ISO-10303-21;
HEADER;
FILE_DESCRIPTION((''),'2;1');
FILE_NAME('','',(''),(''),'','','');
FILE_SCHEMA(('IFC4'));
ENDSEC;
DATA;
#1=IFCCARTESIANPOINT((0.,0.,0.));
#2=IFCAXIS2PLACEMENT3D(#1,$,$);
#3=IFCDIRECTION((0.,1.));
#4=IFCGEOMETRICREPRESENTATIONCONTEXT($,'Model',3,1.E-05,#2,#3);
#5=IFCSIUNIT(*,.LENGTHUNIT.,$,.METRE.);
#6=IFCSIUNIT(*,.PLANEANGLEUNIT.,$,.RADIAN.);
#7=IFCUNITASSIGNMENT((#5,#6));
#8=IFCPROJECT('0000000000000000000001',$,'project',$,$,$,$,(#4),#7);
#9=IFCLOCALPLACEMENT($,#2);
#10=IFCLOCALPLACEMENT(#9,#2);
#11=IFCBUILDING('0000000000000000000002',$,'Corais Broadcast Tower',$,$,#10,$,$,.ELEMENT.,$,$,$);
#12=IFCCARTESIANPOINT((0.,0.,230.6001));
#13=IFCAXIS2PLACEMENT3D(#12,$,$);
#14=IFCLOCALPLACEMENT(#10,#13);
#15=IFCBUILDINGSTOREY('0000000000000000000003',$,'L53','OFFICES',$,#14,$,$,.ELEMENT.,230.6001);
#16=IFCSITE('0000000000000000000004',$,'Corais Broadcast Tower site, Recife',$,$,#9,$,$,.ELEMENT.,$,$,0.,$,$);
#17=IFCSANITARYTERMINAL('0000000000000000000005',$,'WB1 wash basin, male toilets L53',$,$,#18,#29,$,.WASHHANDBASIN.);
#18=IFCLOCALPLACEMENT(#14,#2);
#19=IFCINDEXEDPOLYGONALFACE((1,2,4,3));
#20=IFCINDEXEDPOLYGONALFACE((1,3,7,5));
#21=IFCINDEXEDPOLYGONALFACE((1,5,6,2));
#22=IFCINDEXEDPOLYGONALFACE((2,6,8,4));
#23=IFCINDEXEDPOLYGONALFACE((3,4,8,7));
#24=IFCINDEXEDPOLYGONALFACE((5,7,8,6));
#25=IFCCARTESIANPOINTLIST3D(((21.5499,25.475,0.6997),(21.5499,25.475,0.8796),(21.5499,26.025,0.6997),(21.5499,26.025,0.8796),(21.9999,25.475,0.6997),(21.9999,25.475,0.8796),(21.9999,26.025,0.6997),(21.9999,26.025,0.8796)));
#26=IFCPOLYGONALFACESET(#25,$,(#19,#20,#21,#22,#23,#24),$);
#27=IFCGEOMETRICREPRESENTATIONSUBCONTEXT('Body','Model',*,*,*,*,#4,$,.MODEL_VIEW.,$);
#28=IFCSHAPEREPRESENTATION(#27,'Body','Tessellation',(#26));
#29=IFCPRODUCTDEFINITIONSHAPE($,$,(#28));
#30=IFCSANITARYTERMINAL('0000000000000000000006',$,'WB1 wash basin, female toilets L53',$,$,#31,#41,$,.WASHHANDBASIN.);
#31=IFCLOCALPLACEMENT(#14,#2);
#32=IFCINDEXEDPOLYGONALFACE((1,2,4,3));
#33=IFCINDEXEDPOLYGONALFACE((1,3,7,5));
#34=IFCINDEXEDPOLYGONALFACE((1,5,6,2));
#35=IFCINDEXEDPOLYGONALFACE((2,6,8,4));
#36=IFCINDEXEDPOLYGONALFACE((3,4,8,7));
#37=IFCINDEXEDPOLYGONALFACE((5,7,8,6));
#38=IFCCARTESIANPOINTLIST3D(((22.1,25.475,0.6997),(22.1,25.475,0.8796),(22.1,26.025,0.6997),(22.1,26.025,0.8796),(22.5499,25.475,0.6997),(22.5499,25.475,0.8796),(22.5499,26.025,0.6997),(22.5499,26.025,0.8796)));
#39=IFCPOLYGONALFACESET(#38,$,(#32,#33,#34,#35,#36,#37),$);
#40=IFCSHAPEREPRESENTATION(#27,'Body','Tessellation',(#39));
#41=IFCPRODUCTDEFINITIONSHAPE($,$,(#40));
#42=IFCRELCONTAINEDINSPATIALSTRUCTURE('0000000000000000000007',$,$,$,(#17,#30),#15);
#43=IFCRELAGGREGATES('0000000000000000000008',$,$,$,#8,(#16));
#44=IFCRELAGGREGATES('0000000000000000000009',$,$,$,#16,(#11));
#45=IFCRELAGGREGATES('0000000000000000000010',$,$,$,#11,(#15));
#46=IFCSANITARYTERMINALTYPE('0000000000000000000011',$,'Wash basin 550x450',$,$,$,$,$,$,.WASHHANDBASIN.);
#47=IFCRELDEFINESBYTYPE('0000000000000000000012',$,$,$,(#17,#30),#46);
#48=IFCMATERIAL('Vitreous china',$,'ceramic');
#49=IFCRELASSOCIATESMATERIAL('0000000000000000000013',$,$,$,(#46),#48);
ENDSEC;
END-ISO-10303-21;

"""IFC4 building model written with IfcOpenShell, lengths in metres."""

from ifc_helpers import new_model, si_unit, direction, frame, origin, origin_2d, place, context, subcontext, project, spatial, rectangle, extrude, material, type_object, element, save


model = new_model("IFC4")

# Units and contexts
model_context = context("Model", 3, precision=1e-05, world=origin(), true_north=direction((0.0, 1.0)))
body_context = subcontext(model_context, "Body", "Model", "MODEL_VIEW")
ifc_project = project(units=[si_unit("LENGTHUNIT", "METRE"), si_unit("PLANEANGLEUNIT", "RADIAN")], contexts=[model_context])

# Site, building, storey
site_placement = place(None, origin())
site = spatial("IfcSite", under=ifc_project, at=site_placement, Name="Corais Broadcast Tower site, Recife", CompositionType="ELEMENT", RefElevation=0.0)
building_placement = place(site_placement, origin())
building = spatial("IfcBuilding", under=site, at=building_placement, Name="Corais Broadcast Tower", CompositionType="ELEMENT")
storey_placement = place(building_placement, frame((0.0, 0.0, 230.6001)))
storey = spatial("IfcBuildingStorey", under=building, at=storey_placement, Name="L53", Description="OFFICES", CompositionType="ELEMENT", Elevation=230.6001)

# Sanitary terminals
ifc_material_1 = material(Name="Vitreous china", Category="ceramic")
sanitary_terminal_type_1 = type_object("IfcSanitaryTerminalType", Name="Wash basin 550x450", PredefinedType="WASHHANDBASIN", material=ifc_material_1)
for number, where, z_axis, x_axis, name in (
    (1, (21.7749, 25.75, 0.6997), (0.0, 0.0, 1.0), (1.0, 0.0, 0.0), "WB1 wash basin, male toilets L53"),
    (2, (22.325, 25.75, 0.6997), (0.0, 0.0, 1.0), (1.0, 0.0, 0.0), "WB1 wash basin, female toilets L53"),
):
    element("IfcSanitaryTerminal", number, at=place(storey_placement, frame(where, z_axis=z_axis, x_axis=x_axis)), inside=storey, type_object=sanitary_terminal_type_1, Name=name, PredefinedType="WASHHANDBASIN", context=body_context, shape_type="SweptSolid", body=[
        extrude(rectangle(XDim=0.45, YDim=0.55, at=origin_2d()), origin(), (0.0, 0.0, 1.0), 0.1799),
    ])

save(model, "model.ifc")
